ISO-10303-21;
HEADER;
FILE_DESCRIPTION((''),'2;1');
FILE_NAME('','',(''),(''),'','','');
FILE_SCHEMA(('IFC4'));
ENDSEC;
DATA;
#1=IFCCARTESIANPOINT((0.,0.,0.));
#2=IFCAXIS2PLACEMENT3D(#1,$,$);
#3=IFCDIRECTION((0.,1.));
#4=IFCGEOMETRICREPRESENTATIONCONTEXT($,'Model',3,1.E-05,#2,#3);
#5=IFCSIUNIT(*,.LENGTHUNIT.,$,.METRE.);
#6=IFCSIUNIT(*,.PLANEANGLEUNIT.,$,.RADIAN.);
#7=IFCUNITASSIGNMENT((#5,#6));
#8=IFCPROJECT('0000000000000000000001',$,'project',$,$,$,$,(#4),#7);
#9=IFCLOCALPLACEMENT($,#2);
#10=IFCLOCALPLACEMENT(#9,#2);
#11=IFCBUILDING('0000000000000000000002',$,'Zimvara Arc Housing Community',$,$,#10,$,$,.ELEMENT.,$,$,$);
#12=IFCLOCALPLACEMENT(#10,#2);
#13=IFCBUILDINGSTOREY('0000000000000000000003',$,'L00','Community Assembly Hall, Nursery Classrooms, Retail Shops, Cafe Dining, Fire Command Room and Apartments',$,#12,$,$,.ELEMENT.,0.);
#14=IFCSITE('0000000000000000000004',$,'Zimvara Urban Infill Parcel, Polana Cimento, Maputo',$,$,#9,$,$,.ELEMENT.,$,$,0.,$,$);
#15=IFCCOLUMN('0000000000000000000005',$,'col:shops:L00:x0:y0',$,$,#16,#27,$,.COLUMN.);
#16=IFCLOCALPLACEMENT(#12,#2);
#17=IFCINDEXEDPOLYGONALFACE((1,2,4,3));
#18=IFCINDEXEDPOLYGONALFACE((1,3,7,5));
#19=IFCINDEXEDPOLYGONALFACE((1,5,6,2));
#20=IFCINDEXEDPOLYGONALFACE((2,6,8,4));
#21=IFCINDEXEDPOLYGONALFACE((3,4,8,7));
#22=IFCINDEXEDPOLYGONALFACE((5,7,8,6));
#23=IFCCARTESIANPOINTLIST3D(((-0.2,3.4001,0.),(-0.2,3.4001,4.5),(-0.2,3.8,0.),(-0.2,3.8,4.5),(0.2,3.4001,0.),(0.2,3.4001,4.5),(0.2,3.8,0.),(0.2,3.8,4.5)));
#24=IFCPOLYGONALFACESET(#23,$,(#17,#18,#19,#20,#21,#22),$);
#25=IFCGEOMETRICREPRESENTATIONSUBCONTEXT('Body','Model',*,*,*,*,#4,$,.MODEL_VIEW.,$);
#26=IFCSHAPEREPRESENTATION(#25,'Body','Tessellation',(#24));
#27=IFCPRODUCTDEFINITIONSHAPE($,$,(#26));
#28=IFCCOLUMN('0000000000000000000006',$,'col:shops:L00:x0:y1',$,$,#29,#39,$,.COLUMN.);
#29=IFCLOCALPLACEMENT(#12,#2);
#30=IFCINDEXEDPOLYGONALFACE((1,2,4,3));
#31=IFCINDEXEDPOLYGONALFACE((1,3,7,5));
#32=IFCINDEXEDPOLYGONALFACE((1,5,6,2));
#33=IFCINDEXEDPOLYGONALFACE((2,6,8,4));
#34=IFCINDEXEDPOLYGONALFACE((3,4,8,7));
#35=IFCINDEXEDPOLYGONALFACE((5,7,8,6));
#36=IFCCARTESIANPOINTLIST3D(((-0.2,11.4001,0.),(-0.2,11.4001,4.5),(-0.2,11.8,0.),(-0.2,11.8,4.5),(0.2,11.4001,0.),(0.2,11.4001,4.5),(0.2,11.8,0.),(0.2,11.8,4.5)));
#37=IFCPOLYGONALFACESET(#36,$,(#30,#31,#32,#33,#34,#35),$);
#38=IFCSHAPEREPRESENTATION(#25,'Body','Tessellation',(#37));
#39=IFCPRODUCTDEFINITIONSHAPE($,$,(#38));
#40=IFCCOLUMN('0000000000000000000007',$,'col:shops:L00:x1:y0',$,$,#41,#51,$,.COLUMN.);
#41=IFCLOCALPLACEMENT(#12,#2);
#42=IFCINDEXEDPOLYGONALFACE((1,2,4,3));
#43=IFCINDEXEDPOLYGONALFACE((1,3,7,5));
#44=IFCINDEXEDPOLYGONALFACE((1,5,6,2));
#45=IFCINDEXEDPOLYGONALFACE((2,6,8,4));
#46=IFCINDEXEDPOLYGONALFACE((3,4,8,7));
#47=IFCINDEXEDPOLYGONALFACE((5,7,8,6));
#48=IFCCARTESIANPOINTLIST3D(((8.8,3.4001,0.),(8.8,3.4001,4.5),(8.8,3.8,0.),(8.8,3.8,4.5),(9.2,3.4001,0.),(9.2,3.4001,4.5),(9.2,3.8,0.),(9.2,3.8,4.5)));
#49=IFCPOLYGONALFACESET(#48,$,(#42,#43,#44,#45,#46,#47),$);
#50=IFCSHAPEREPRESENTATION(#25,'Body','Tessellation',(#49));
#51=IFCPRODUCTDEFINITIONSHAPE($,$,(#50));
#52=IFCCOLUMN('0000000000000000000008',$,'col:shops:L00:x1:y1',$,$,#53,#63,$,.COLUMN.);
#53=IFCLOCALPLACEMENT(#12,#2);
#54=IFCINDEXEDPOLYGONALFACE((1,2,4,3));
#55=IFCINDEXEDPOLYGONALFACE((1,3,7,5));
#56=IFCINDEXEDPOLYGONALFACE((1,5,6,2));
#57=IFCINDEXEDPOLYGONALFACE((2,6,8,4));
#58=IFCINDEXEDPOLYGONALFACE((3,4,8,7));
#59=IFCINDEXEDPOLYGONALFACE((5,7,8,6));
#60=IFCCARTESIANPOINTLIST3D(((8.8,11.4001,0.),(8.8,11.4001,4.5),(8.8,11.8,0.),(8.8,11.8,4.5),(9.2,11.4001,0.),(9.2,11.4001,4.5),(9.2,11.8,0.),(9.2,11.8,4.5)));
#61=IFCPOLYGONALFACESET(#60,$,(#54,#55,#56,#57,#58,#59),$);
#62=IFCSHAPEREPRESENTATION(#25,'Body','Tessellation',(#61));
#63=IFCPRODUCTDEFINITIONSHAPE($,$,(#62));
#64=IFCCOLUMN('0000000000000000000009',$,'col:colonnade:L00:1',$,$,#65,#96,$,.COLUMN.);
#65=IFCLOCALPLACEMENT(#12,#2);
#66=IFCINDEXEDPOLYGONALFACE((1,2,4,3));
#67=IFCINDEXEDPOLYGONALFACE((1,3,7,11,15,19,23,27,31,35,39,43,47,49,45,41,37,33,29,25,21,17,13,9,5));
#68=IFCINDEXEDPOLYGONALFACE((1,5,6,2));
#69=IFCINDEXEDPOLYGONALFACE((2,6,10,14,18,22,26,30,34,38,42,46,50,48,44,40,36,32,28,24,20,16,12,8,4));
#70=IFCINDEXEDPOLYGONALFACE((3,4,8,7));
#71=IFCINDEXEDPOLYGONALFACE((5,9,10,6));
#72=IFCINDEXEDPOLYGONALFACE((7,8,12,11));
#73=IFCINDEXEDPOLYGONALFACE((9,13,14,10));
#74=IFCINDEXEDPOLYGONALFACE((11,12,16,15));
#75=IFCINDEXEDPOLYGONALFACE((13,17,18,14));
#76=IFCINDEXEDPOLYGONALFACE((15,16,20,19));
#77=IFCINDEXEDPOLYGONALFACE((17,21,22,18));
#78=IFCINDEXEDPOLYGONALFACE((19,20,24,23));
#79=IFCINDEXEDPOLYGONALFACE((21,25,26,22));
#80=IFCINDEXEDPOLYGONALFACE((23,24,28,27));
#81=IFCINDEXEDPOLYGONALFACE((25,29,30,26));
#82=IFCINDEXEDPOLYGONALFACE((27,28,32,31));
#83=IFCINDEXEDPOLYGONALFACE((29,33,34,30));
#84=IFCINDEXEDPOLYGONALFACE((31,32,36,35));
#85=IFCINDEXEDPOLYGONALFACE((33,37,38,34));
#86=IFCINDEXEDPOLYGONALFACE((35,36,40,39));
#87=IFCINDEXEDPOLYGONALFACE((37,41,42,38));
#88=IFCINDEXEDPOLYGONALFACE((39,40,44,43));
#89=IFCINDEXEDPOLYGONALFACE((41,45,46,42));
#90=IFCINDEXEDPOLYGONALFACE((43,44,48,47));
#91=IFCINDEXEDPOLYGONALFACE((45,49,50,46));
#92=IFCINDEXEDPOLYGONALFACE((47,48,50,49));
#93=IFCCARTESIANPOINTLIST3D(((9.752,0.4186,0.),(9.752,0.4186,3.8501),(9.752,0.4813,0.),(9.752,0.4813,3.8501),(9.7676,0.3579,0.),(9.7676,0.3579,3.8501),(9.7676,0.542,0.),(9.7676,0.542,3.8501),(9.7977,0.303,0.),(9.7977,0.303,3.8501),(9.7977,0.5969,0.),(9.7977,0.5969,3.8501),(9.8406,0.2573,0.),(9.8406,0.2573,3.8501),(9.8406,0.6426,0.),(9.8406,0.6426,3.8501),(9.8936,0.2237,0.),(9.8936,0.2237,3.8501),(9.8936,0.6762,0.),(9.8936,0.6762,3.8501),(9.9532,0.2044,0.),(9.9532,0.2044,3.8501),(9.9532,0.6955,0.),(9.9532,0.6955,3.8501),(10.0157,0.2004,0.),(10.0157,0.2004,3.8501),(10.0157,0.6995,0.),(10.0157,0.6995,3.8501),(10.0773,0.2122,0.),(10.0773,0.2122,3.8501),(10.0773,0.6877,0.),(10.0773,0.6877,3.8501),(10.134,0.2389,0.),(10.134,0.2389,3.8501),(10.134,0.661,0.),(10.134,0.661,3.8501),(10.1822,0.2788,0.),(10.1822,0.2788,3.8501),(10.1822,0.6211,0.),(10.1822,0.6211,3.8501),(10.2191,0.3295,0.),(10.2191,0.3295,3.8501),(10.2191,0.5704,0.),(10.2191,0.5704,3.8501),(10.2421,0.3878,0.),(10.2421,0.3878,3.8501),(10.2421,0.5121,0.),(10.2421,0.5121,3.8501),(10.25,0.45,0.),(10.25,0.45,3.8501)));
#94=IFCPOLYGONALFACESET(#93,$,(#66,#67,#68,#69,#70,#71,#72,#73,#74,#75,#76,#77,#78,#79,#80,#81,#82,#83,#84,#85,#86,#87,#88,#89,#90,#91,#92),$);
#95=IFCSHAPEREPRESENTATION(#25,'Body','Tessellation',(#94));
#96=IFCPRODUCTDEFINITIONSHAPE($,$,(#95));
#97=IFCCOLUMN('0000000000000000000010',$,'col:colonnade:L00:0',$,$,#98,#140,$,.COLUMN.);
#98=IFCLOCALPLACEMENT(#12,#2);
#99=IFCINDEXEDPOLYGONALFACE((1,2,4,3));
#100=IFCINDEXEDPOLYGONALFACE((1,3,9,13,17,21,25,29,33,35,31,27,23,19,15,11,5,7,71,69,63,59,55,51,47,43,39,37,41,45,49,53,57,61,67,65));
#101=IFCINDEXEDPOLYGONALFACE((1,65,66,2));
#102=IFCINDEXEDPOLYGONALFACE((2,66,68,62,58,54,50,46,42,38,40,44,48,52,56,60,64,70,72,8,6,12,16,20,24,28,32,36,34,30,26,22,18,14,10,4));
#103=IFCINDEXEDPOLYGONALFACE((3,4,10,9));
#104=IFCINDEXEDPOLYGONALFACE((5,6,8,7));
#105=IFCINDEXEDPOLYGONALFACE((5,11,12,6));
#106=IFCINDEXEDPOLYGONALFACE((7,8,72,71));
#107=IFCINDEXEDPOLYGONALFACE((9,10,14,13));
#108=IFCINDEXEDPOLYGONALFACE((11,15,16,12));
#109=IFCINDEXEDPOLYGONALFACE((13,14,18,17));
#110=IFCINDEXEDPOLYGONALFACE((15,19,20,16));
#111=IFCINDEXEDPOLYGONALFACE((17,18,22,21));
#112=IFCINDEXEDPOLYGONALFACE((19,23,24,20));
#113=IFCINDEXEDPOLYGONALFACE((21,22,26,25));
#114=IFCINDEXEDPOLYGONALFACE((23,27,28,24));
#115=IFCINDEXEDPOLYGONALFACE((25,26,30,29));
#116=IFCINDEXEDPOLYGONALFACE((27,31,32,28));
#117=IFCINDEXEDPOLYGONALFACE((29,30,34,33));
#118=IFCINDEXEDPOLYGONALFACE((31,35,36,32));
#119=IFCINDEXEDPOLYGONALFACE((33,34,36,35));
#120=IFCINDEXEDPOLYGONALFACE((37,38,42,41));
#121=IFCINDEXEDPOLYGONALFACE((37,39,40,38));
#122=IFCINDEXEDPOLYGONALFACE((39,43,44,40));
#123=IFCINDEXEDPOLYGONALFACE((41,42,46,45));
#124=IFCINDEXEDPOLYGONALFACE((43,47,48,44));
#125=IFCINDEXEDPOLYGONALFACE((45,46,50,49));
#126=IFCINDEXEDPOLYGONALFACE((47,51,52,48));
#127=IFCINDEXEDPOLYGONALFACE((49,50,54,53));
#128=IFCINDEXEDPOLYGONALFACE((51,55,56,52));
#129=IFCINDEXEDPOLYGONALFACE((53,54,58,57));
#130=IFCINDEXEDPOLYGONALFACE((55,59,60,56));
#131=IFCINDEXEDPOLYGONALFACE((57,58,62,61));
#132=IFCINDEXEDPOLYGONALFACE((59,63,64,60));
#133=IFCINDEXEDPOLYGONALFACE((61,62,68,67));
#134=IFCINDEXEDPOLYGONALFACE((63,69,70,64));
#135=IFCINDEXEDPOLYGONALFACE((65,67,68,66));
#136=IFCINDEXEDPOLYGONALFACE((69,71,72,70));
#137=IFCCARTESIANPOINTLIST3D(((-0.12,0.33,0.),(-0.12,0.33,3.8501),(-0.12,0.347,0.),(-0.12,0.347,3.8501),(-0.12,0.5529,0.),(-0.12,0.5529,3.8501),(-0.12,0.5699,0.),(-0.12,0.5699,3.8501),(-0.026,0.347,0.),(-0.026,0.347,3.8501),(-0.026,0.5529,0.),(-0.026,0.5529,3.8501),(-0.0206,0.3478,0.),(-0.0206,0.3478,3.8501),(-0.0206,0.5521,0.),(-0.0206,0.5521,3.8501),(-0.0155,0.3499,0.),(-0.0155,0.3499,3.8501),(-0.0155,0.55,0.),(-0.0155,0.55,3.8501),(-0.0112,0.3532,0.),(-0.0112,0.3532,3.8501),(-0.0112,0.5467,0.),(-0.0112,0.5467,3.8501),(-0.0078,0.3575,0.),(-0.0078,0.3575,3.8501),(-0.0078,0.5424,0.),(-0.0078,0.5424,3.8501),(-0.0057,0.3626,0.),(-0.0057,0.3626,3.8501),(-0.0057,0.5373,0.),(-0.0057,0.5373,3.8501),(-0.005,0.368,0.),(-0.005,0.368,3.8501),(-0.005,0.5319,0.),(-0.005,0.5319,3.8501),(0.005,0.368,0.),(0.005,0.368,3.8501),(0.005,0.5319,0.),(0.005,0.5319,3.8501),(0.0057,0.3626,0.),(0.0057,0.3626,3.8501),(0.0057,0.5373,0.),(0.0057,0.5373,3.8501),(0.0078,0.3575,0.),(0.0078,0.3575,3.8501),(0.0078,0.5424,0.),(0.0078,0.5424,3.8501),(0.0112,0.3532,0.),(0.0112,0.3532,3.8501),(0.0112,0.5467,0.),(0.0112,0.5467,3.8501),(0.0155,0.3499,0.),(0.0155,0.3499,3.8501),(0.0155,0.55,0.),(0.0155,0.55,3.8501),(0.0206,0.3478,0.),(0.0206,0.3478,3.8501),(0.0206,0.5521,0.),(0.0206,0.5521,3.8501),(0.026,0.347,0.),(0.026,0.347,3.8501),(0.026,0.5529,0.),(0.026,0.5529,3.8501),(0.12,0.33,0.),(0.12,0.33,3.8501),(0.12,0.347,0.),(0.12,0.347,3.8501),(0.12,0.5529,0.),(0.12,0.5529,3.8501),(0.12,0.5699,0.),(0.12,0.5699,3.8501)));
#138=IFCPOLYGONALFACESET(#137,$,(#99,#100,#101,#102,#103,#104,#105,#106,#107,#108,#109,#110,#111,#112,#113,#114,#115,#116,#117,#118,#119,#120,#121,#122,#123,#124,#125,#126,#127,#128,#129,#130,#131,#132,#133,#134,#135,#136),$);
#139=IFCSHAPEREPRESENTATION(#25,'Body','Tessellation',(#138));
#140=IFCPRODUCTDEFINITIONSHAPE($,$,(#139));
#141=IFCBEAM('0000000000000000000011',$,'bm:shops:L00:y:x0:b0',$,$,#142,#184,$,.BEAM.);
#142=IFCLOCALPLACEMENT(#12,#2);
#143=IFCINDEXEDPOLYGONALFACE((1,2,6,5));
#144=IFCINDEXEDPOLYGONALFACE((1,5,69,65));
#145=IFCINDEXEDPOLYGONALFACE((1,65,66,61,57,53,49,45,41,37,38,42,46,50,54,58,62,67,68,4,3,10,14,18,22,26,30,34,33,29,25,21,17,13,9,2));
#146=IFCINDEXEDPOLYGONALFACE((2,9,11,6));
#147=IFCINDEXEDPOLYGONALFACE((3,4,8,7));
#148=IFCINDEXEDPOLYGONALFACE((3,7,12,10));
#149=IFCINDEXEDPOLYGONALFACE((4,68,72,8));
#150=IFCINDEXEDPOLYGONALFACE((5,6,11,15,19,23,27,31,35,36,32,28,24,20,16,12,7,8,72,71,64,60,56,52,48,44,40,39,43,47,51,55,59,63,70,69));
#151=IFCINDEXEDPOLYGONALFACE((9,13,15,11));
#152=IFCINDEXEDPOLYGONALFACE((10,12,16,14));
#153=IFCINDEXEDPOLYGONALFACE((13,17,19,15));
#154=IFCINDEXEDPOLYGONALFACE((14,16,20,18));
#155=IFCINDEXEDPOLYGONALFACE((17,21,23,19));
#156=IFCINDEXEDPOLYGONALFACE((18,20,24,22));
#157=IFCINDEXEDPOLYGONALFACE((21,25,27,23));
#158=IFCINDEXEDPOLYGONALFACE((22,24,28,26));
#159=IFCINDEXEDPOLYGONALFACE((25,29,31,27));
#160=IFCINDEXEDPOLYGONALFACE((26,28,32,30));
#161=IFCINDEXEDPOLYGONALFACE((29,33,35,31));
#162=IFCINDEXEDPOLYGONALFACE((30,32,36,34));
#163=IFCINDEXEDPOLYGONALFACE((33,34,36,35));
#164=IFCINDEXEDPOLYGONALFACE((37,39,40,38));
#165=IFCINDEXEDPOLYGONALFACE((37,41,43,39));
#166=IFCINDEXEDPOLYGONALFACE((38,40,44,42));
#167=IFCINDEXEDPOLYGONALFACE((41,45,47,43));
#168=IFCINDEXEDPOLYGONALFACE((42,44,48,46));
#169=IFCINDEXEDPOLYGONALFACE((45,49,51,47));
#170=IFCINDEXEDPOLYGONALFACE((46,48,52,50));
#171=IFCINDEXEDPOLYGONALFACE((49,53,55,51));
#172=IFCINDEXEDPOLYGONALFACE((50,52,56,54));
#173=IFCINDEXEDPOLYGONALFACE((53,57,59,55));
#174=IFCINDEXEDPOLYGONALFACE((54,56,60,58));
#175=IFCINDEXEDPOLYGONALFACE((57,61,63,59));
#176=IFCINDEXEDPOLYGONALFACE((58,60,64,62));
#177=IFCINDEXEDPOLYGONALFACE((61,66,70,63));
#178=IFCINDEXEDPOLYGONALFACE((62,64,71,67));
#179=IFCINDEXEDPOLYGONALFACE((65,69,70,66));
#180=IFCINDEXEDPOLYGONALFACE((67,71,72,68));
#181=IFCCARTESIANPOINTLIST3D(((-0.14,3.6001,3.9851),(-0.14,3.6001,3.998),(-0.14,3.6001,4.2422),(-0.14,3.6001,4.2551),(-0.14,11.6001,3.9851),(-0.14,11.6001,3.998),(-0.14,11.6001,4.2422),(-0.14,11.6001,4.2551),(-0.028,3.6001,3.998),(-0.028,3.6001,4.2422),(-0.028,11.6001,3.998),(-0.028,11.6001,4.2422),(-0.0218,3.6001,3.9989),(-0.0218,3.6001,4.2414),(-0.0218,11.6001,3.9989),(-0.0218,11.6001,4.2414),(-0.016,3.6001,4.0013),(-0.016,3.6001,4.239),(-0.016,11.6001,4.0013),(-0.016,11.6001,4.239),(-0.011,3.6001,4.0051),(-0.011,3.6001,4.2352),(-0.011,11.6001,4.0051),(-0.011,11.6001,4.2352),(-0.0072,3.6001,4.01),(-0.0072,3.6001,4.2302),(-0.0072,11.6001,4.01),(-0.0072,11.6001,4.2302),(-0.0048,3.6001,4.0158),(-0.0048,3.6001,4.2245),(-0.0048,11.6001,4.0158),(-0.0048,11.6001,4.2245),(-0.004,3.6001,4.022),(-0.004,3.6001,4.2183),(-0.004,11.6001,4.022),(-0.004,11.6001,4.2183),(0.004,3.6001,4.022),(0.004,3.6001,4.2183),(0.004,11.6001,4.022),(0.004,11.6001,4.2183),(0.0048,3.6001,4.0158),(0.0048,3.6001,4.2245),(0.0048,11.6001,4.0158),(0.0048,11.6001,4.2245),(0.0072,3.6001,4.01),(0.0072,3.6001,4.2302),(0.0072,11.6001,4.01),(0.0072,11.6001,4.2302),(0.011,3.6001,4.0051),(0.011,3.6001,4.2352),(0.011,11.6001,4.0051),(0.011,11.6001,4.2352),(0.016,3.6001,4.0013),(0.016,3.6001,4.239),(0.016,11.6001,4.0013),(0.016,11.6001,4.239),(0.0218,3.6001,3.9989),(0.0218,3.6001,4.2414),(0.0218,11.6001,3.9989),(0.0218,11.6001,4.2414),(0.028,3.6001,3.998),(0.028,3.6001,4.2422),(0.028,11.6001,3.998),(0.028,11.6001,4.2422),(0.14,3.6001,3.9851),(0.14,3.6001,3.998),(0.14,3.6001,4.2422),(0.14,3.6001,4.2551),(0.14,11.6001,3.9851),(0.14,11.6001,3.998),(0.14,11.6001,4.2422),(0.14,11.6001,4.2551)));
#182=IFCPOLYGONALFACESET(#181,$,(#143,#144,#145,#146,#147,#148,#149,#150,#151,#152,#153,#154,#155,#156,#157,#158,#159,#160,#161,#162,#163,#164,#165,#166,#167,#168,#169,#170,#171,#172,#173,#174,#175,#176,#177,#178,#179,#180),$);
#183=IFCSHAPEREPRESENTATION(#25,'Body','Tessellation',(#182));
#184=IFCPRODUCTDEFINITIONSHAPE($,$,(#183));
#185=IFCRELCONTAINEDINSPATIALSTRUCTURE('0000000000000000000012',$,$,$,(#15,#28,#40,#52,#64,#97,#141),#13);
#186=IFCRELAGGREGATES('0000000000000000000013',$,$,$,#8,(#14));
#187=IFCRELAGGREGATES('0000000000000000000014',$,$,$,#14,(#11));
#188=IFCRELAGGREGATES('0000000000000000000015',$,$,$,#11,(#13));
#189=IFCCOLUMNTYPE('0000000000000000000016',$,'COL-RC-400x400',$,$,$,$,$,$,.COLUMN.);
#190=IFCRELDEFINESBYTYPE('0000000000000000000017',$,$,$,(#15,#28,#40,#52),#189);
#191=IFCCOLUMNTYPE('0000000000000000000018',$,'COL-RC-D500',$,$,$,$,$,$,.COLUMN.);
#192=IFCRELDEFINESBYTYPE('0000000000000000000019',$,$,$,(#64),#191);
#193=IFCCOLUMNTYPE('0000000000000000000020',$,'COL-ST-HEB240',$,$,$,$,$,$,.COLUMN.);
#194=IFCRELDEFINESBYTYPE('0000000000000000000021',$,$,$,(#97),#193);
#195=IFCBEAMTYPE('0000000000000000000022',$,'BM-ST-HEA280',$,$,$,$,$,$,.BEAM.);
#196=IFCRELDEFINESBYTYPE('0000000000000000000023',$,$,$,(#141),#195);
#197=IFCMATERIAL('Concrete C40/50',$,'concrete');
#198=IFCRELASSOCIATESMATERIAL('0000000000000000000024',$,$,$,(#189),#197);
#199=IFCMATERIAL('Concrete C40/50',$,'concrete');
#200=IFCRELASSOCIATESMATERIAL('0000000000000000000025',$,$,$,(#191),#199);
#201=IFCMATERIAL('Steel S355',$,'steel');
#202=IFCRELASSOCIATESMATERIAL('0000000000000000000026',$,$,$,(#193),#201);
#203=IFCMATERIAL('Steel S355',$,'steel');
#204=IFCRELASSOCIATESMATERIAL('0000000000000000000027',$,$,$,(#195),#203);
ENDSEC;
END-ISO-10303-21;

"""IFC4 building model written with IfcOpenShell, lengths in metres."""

from ifc_helpers import new_model, si_unit, direction, frame, origin, origin_2d, place, context, subcontext, project, spatial, rectangle, circle, i_section, extrude, material, material_profile, profile_set, type_object, element, save


model = new_model("IFC4")

# Units and contexts
model_context = context("Model", 3, precision=1e-05, world=origin(), true_north=direction((0.0, 1.0)))
body_context = subcontext(model_context, "Body", "Model", "MODEL_VIEW")
ifc_project = project(units=[si_unit("LENGTHUNIT", "METRE"), si_unit("PLANEANGLEUNIT", "RADIAN")], contexts=[model_context])

# Site, building, storey
site_placement = place(None, origin())
site = spatial("IfcSite", under=ifc_project, at=site_placement, Name="Zimvara Urban Infill Parcel, Polana Cimento, Maputo", CompositionType="ELEMENT", RefElevation=0.0)
building_placement = place(site_placement, origin())
building = spatial("IfcBuilding", under=site, at=building_placement, Name="Zimvara Arc Housing Community", CompositionType="ELEMENT")
storey_placement = place(building_placement, origin())
storey = spatial("IfcBuildingStorey", under=building, at=storey_placement, Name="L00", Description="Community Assembly Hall, Nursery Classrooms, Retail Shops, Cafe Dining, Fire Command Room and Apartments", CompositionType="ELEMENT", Elevation=0.0)

# Columns
ifc_material_1 = material(Name="Concrete C40/50", Category="concrete")
ifc_material_profile_1 = material_profile(ifc_material_1, rectangle(XDim=0.3999, YDim=0.3999, at=origin_2d()), Name="RC 400x400")
ifc_profile_set_1 = profile_set([ifc_material_profile_1], Name="Concrete C40/50")
column_type_1 = type_object("IfcColumnType", Name="COL-RC-400x400", PredefinedType="COLUMN", material=ifc_profile_set_1)
for number, where, z_axis, x_axis, name in (
    (1, (0.0, 3.6001, 0.0), (0.0, 0.0, 1.0), (1.0, 0.0, 0.0), "col:shops:L00:x0:y0"),
    (2, (0.0, 11.6001, 0.0), (0.0, 0.0, 1.0), (1.0, 0.0, 0.0), "col:shops:L00:x0:y1"),
    (3, (9.0, 3.6001, 0.0), (0.0, 0.0, 1.0), (1.0, 0.0, 0.0), "col:shops:L00:x1:y0"),
    (4, (9.0, 11.6001, 0.0), (0.0, 0.0, 1.0), (1.0, 0.0, 0.0), "col:shops:L00:x1:y1"),
):
    element("IfcColumn", number, at=place(storey_placement, frame(where, z_axis=z_axis, x_axis=x_axis)), inside=storey, type_object=column_type_1, Name=name, PredefinedType="COLUMN", context=body_context, shape_type="SweptSolid", body=[
        extrude(rectangle(XDim=0.3999, YDim=0.3999, at=origin_2d()), origin(), (0.0, 0.0, 1.0), 4.5),
    ])
ifc_material_2 = material(Name="Concrete C40/50", Category="concrete")
ifc_material_profile_2 = material_profile(ifc_material_2, circle(Radius=0.25, at=origin_2d()), Name="RC D500")
ifc_profile_set_2 = profile_set([ifc_material_profile_2], Name="Concrete C40/50")
column_type_2 = type_object("IfcColumnType", Name="COL-RC-D500", PredefinedType="COLUMN", material=ifc_profile_set_2)
column_1_placement = place(storey_placement, frame((10.0, 0.45, 0.0), z_axis=(0.0, 0.0, 1.0), x_axis=(1.0, 0.0, 0.0)))
element("IfcColumn", 5, at=column_1_placement, inside=storey, type_object=column_type_2, Name="col:colonnade:L00:1", PredefinedType="COLUMN", context=body_context, shape_type="SweptSolid", body=[
    extrude(circle(Radius=0.25, at=origin_2d()), origin(), (0.0, 0.0, 1.0), 3.8501),
])
ifc_material_3 = material(Name="Steel S355", Category="steel")
ifc_material_profile_3 = material_profile(ifc_material_3, i_section(OverallWidth=0.24, OverallDepth=0.24, WebThickness=0.01, FlangeThickness=0.0171, FilletRadius=0.021, at=origin_2d()), Name="HEB 240")
ifc_profile_set_3 = profile_set([ifc_material_profile_3], Name="Steel S355")
column_type_3 = type_object("IfcColumnType", Name="COL-ST-HEB240", PredefinedType="COLUMN", material=ifc_profile_set_3)
column_2_placement = place(storey_placement, frame((0.0, 0.45, 0.0), z_axis=(0.0, 0.0, 1.0), x_axis=(1.0, 0.0, 0.0)))
element("IfcColumn", 6, at=column_2_placement, inside=storey, type_object=column_type_3, Name="col:colonnade:L00:0", PredefinedType="COLUMN", context=body_context, shape_type="SweptSolid", body=[
    extrude(i_section(OverallWidth=0.24, OverallDepth=0.24, WebThickness=0.01, FlangeThickness=0.0171, FilletRadius=0.021, at=origin_2d()), origin(), (0.0, 0.0, 1.0), 3.8501),
])

# Beam
ifc_material_4 = material(Name="Steel S355", Category="steel")
ifc_material_profile_4 = material_profile(ifc_material_4, i_section(OverallWidth=0.28, OverallDepth=0.27, WebThickness=0.0081, FlangeThickness=0.0129, FilletRadius=0.0239, at=origin_2d()), Name="HEA 280")
ifc_profile_set_4 = profile_set([ifc_material_profile_4], Name="Steel S355")
beam_type_1 = type_object("IfcBeamType", Name="BM-ST-HEA280", PredefinedType="BEAM", material=ifc_profile_set_4)
for number, where, z_axis, x_axis, name in (
    (7, (0.0, 3.6001, 4.1201), (0.0, 1.0, 0.0), (-1.0, 0.0, 0.0), "bm:shops:L00:y:x0:b0"),
):
    element("IfcBeam", number, at=place(storey_placement, frame(where, z_axis=z_axis, x_axis=x_axis)), inside=storey, type_object=beam_type_1, Name=name, PredefinedType="BEAM", context=body_context, shape_type="SweptSolid", body=[
        extrude(i_section(OverallWidth=0.28, OverallDepth=0.27, WebThickness=0.0081, FlangeThickness=0.0129, FilletRadius=0.0239, at=origin_2d()), origin(), (0.0, 0.0, 1.0), 8.0),
    ])

save(model, "model.ifc")
